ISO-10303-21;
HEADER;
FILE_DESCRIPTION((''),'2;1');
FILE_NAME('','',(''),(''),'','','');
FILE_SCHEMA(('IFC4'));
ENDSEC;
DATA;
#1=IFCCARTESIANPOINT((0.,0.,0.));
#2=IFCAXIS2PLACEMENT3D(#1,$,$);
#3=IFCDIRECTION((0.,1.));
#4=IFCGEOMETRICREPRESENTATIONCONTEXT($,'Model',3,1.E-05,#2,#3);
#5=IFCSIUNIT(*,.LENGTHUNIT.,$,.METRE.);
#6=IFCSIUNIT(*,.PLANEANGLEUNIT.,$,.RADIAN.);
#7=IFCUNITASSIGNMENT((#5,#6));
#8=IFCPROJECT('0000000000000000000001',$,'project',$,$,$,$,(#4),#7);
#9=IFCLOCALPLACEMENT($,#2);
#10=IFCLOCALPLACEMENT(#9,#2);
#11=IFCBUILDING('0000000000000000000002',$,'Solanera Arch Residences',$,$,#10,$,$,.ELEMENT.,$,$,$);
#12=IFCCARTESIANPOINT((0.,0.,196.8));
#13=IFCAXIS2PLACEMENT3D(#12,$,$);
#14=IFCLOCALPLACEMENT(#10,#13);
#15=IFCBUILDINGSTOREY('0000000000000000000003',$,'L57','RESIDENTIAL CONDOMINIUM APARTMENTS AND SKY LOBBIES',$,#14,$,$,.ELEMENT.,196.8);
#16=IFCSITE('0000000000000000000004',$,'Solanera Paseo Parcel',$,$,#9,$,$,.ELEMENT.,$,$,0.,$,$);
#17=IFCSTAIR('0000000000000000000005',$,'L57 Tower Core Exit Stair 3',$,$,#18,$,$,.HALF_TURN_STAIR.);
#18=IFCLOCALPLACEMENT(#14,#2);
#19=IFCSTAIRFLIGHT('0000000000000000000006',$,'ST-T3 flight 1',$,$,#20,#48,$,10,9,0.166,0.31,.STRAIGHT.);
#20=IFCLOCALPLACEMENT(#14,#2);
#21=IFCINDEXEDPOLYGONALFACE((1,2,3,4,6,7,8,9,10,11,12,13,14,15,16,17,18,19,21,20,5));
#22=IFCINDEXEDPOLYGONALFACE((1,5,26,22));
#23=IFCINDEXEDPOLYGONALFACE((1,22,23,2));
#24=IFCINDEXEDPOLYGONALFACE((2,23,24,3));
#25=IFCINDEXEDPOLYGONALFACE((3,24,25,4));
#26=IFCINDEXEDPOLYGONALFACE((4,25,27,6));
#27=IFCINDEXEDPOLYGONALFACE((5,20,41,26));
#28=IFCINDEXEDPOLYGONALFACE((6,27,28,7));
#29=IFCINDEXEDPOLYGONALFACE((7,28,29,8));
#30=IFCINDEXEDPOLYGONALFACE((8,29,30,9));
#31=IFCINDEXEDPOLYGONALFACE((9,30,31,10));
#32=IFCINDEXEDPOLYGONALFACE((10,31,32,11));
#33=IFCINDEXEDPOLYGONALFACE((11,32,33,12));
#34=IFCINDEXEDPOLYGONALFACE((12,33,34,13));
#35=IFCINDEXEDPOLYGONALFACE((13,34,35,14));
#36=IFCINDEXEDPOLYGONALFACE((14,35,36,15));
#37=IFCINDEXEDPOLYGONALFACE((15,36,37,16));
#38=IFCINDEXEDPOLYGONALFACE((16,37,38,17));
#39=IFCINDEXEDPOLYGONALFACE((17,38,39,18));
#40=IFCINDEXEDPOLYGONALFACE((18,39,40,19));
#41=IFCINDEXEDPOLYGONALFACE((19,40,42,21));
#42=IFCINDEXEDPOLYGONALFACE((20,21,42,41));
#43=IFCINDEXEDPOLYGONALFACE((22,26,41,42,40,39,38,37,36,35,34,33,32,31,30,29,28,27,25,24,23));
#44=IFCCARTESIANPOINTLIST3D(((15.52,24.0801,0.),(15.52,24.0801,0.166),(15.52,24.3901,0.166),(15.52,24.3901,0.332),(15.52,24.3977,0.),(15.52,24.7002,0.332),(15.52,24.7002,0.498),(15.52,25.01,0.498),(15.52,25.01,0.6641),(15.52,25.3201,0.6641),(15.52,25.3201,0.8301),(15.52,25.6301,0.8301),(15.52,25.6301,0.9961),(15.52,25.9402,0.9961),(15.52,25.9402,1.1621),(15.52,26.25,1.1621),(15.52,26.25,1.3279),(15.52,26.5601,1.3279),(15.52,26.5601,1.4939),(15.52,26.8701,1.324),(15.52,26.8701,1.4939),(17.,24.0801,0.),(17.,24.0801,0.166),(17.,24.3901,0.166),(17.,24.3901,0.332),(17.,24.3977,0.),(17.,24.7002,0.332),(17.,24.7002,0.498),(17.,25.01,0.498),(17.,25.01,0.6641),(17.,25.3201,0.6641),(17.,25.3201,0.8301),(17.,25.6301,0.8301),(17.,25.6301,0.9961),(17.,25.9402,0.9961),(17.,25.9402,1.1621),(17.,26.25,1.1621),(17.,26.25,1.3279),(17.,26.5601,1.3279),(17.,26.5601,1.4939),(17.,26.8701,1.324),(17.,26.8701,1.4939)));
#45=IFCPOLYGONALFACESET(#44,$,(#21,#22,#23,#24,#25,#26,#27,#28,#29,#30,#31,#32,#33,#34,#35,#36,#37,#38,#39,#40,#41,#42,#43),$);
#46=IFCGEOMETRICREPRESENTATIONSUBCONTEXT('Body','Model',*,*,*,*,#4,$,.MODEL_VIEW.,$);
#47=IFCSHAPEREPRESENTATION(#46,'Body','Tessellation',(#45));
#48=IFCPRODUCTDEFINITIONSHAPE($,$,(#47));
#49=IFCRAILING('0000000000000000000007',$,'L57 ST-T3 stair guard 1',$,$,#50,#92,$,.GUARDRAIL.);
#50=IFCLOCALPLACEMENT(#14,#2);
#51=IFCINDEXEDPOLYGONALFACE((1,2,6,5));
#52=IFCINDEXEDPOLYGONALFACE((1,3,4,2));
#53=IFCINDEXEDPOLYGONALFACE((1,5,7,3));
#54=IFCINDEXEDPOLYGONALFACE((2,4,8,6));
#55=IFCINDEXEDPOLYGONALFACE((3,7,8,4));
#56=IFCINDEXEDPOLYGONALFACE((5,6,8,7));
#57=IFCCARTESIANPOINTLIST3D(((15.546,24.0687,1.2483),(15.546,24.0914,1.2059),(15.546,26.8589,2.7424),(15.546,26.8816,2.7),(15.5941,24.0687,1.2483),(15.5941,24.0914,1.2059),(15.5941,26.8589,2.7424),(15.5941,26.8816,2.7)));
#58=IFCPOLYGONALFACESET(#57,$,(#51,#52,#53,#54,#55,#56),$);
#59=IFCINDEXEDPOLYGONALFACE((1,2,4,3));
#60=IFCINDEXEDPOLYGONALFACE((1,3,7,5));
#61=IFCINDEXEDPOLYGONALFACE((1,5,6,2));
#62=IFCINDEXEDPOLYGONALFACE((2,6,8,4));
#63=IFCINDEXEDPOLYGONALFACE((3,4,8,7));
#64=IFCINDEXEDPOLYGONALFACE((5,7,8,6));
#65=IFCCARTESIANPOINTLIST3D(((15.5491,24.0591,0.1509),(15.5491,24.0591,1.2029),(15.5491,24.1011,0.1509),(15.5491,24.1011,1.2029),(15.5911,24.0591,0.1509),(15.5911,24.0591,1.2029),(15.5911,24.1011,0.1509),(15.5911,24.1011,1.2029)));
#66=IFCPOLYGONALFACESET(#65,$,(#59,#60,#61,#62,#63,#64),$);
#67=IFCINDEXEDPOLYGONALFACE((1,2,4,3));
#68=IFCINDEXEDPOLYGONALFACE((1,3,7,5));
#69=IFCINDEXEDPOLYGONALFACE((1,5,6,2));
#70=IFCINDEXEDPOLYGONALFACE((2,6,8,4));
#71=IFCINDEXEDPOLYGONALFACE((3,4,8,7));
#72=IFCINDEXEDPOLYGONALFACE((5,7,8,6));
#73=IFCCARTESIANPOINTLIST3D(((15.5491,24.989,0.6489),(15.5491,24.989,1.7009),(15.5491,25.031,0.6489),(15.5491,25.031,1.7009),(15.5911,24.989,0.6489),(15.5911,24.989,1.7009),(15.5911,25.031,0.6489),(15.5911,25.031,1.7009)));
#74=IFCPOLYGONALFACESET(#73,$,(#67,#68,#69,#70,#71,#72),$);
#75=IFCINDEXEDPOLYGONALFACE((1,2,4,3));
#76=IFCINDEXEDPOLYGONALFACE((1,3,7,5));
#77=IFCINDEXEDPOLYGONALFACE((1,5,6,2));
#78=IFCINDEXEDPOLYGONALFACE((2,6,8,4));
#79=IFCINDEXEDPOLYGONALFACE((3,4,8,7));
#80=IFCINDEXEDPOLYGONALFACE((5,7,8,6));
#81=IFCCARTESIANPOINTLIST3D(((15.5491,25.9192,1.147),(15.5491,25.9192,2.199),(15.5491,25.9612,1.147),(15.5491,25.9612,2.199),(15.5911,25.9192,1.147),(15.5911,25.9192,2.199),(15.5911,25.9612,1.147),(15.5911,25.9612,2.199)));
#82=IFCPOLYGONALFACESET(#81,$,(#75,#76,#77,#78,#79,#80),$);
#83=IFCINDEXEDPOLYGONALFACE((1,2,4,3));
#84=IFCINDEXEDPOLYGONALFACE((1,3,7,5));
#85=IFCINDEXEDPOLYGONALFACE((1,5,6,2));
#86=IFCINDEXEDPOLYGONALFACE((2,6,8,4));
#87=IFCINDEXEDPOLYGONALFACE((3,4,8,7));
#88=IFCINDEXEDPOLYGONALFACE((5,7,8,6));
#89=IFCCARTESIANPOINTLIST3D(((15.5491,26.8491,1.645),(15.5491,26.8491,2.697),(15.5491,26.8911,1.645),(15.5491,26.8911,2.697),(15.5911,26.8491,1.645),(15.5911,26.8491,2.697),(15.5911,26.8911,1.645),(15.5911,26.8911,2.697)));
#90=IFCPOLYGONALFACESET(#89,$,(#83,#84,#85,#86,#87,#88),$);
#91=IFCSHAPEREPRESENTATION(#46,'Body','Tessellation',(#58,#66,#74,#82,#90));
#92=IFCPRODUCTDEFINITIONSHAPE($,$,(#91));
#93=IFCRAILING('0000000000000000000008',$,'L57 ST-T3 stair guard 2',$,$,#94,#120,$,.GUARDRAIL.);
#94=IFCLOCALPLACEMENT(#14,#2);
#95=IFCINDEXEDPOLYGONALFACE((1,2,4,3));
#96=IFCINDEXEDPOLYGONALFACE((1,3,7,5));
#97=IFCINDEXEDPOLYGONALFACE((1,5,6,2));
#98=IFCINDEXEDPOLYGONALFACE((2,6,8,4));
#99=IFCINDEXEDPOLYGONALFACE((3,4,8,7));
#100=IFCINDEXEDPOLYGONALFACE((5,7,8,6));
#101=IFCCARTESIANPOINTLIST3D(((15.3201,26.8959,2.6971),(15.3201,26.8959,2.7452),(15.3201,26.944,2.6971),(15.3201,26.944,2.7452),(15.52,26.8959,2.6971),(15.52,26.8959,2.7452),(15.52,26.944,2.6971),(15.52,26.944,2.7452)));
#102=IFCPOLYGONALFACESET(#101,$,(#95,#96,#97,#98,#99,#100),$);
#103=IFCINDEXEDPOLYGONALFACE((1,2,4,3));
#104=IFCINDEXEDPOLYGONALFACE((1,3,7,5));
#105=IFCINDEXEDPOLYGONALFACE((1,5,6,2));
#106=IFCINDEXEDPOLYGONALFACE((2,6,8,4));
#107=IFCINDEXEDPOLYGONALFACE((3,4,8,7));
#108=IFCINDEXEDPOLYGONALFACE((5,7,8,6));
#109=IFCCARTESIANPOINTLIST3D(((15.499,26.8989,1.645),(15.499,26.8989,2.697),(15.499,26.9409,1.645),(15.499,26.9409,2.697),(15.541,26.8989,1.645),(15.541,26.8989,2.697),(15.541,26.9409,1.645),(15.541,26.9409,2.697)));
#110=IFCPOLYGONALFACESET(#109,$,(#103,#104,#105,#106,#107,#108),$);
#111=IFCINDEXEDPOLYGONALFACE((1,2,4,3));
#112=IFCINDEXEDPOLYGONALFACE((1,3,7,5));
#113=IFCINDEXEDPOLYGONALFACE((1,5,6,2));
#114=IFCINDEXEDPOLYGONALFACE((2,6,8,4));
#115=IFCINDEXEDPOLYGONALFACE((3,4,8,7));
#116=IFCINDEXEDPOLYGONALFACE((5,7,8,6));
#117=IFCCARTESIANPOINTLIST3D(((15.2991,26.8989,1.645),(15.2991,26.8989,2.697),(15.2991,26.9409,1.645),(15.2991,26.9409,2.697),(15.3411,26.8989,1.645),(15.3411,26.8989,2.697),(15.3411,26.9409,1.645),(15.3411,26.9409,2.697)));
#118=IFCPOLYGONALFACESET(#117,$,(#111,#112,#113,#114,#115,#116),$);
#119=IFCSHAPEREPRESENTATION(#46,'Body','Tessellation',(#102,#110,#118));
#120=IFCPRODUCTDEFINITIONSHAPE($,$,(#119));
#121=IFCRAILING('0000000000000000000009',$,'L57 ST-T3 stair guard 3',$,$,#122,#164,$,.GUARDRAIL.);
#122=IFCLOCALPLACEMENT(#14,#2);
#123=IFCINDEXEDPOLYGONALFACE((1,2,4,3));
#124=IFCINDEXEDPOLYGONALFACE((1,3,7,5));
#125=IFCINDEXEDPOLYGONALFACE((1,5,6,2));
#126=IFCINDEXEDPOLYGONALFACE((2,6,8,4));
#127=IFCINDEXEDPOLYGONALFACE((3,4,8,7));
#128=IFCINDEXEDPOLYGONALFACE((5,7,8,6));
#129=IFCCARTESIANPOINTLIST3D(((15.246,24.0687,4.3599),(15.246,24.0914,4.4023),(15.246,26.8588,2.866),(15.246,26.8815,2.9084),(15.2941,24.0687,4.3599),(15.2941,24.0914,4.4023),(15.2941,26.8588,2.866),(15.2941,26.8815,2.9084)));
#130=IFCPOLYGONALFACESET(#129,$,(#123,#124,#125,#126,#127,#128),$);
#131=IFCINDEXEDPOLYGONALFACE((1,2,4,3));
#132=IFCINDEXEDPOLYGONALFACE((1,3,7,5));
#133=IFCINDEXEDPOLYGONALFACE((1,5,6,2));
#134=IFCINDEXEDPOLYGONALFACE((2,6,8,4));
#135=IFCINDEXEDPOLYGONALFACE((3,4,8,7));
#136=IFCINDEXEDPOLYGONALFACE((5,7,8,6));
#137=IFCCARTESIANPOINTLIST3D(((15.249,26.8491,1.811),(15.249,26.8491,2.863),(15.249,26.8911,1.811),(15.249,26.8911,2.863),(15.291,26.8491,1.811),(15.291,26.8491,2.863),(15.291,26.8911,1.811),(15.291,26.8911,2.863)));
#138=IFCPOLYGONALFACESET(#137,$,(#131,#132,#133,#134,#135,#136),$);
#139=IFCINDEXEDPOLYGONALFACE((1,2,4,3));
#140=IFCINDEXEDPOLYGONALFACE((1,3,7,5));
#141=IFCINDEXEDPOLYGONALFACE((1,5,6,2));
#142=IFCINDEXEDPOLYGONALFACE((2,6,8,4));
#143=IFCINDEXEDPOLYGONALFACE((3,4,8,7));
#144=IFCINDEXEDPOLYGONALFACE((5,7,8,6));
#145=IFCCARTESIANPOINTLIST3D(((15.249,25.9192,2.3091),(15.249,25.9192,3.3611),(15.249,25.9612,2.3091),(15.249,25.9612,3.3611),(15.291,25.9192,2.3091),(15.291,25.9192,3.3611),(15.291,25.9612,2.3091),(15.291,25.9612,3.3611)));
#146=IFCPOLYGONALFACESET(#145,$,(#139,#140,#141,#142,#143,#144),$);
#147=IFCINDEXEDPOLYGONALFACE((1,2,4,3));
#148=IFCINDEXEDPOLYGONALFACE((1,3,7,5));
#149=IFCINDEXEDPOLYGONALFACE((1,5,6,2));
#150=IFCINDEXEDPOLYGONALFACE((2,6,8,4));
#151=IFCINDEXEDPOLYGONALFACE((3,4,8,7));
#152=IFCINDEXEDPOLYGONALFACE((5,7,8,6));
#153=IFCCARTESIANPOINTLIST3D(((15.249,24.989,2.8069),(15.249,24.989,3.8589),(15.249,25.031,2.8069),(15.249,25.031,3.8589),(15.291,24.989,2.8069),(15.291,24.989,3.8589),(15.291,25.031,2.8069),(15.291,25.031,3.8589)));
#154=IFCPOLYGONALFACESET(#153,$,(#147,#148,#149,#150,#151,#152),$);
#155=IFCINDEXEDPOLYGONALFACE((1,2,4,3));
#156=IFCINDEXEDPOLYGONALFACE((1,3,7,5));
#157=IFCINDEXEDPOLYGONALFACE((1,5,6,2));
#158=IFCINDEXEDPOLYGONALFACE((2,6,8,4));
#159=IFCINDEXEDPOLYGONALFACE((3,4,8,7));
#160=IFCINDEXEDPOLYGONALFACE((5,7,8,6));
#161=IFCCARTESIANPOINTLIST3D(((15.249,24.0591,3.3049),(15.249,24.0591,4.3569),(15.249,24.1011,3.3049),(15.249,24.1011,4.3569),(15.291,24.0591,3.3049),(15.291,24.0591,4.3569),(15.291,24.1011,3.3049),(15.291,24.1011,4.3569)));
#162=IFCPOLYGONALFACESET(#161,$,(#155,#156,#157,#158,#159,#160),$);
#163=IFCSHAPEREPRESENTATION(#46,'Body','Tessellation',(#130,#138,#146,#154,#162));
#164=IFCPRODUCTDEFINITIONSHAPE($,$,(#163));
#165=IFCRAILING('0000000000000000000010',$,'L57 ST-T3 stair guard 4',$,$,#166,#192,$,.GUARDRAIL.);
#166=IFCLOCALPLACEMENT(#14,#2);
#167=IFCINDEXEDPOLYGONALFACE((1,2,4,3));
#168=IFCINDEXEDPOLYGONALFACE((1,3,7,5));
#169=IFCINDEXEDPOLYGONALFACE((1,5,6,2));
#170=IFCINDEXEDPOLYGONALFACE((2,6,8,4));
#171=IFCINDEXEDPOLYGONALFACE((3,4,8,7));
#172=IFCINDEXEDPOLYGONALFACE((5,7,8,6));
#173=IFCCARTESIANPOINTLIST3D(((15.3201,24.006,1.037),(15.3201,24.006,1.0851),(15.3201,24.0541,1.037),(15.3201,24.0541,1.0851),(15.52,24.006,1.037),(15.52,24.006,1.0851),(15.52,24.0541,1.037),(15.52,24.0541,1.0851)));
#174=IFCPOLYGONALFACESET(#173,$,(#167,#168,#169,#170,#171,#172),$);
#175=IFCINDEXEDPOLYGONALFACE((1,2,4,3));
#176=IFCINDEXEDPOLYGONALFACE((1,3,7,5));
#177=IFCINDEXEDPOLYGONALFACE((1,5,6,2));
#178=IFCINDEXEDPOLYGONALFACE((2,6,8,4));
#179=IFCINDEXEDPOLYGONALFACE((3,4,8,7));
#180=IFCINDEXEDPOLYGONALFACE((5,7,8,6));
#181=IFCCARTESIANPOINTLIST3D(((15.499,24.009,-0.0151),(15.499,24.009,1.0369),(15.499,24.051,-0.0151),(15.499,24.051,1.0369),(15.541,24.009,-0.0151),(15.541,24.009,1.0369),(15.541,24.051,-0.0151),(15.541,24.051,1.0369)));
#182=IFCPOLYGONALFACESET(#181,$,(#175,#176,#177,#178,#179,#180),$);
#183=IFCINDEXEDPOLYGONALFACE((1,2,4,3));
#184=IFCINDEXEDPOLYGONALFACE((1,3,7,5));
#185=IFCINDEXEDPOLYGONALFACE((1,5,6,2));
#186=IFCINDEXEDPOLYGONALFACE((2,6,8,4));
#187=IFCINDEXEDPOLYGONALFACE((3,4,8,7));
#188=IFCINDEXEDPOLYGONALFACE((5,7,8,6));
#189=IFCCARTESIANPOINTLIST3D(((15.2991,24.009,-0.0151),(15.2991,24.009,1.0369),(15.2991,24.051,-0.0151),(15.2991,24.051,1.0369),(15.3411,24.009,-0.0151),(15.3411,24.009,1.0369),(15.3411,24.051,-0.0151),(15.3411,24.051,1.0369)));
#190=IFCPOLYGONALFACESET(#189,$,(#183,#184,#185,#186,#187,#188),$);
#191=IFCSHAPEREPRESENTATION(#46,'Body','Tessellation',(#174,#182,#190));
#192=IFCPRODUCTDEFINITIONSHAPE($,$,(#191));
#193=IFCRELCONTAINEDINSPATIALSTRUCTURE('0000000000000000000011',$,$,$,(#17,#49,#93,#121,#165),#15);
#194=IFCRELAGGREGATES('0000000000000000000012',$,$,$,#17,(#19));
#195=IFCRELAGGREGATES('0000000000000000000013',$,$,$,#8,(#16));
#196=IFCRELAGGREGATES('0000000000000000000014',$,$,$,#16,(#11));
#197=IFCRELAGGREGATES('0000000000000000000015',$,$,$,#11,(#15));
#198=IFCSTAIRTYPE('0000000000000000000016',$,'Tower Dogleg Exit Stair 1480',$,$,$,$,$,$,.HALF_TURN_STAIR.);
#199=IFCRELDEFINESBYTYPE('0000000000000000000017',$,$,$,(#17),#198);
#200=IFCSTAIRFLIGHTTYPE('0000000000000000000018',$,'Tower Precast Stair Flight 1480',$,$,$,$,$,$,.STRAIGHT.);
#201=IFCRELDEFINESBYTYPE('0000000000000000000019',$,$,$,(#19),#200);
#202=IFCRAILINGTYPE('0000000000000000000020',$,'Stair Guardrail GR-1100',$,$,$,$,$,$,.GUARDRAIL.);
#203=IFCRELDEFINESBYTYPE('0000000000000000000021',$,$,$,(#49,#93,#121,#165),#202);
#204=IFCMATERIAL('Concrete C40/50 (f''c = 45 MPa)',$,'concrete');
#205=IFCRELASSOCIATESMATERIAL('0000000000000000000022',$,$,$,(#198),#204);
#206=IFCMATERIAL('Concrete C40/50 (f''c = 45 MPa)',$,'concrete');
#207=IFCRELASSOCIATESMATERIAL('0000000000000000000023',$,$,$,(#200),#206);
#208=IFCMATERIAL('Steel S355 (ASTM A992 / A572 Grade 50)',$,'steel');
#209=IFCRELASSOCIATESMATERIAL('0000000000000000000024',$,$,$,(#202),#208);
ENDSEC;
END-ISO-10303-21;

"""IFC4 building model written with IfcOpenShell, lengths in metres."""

from ifc_helpers import new_model, si_unit, direction, frame, origin, origin_2d, place, context, subcontext, project, spatial, polyline, rectangle, outline, extrude, material, type_object, element, aggregate, save


model = new_model("IFC4")

# Units and contexts
model_context = context("Model", 3, precision=1e-05, world=origin(), true_north=direction((0.0, 1.0)))
body_context = subcontext(model_context, "Body", "Model", "MODEL_VIEW")
ifc_project = project(units=[si_unit("LENGTHUNIT", "METRE"), si_unit("PLANEANGLEUNIT", "RADIAN")], contexts=[model_context])

# Site, building, storey
site_placement = place(None, origin())
site = spatial("IfcSite", under=ifc_project, at=site_placement, Name="Solanera Paseo Parcel", CompositionType="ELEMENT", RefElevation=0.0)
building_placement = place(site_placement, origin())
building = spatial("IfcBuilding", under=site, at=building_placement, Name="Solanera Arch Residences", CompositionType="ELEMENT")
storey_placement = place(building_placement, frame((0.0, 0.0, 196.8)))
storey = spatial("IfcBuildingStorey", under=building, at=storey_placement, Name="L57", Description="RESIDENTIAL CONDOMINIUM APARTMENTS AND SKY LOBBIES", CompositionType="ELEMENT", Elevation=196.8)

# Stair, stair flight
ifc_material_1 = material(Name="Concrete C40/50 (f'c = 45 MPa)", Category="concrete")
stair_type = type_object("IfcStairType", Name="Tower Dogleg Exit Stair 1480", PredefinedType="HALF_TURN_STAIR", material=ifc_material_1)
stair_placement = place(storey_placement, origin())
stair = element("IfcStair", 1, at=stair_placement, inside=storey, type_object=stair_type, Name="L57 Tower Core Exit Stair 3", PredefinedType="HALF_TURN_STAIR")
ifc_material_2 = material(Name="Concrete C40/50 (f'c = 45 MPa)", Category="concrete")
stair_flight_type = type_object("IfcStairFlightType", Name="Tower Precast Stair Flight 1480", PredefinedType="STRAIGHT", material=ifc_material_2)
stair_flight_placement = place(storey_placement, frame((16.26, 24.0801, 0.0), z_axis=(0.0, 0.0, 1.0), x_axis=(0.0, 1.0, 0.0)))
stair_flight = element("IfcStairFlight", 2, at=stair_flight_placement, type_object=stair_flight_type, Name="ST-T3 flight 1", NumberOfRisers=10, NumberOfTreads=9, PredefinedType="STRAIGHT", RiserHeight=0.166, TreadLength=0.31, context=body_context, shape_type="SweptSolid", body=[
    extrude(outline(polyline([(0.0, 0.0), (0.0, 0.166), (0.3101, 0.166), (0.3101, 0.332), (0.6201, 0.332), (0.6201, 0.498), (0.9299, 0.498), (0.9299, 0.6641), (1.24, 0.6641), (1.24, 0.8301), (1.55, 0.8301), (1.55, 0.9961), (1.8601, 0.9961), (1.8601, 1.1621), (2.1699, 1.1621), (2.1699, 1.3279), (2.48, 1.3279), (2.48, 1.4939), (2.79, 1.4939), (2.79, 1.6599), (2.79, 1.324), (0.3176, 0.0), (0.0, 0.0)])), frame((0.0, 0.74, 0.0), z_axis=(0.0, -1.0, 0.0), x_axis=(1.0, 0.0, 0.0)), (0.0, 0.0, 1.0), 1.48),
])
aggregate(stair, [stair_flight])

# Railings
ifc_material_3 = material(Name="Steel S355 (ASTM A992 / A572 Grade 50)", Category="steel")
railing_type_1 = type_object("IfcRailingType", Name="Stair Guardrail GR-1100", PredefinedType="GUARDRAIL", material=ifc_material_3)
railing_1_placement = place(storey_placement, frame((15.5701, 24.0801, 0.1509)))
element("IfcRailing", 3, at=railing_1_placement, inside=storey, type_object=railing_type_1, Name="L57 ST-T3 stair guard 1", PredefinedType="GUARDRAIL", context=body_context, shape_type="SweptSolid", body=[
    extrude(rectangle(XDim=0.0481, YDim=0.0481, at=origin_2d()), frame((0.0, 0.0, 1.0762), z_axis=(0.0, 0.881549, 0.472093), x_axis=(-1.0, 0.0, 0.0)), (0.0, 0.0, 1.0), 3.165),
    extrude(rectangle(XDim=0.042, YDim=0.042, at=origin_2d()), origin(), (0.0, 0.0, 1.0), 1.052),
    extrude(rectangle(XDim=0.042, YDim=0.042, at=origin_2d()), frame((0.0, 0.9299, 0.498)), (0.0, 0.0, 1.0), 1.052),
    extrude(rectangle(XDim=0.042, YDim=0.042, at=origin_2d()), frame((0.0, 1.8601, 0.9961)), (0.0, 0.0, 1.0), 1.052),
    extrude(rectangle(XDim=0.042, YDim=0.042, at=origin_2d()), frame((0.0, 2.79, 1.4941)), (0.0, 0.0, 1.0), 1.052),
])
railing_2_placement = place(storey_placement, frame((15.52, 26.9199, 1.645)))
element("IfcRailing", 4, at=railing_2_placement, inside=storey, type_object=railing_type_1, Name="L57 ST-T3 stair guard 2", PredefinedType="GUARDRAIL", context=body_context, shape_type="SweptSolid", body=[
    extrude(rectangle(XDim=0.0481, YDim=0.0481, at=origin_2d()), frame((0.0, 0.0, 1.0762), z_axis=(-1.0, 0.0, 0.0), x_axis=(0.0, -1.0, 0.0)), (0.0, 0.0, 1.0), 0.2),
    extrude(rectangle(XDim=0.042, YDim=0.042, at=origin_2d()), origin(), (0.0, 0.0, 1.0), 1.052),
    extrude(rectangle(XDim=0.042, YDim=0.042, at=origin_2d()), frame((-0.2, 0.0, 0.0)), (0.0, 0.0, 1.0), 1.052),
])
railing_3_placement = place(storey_placement, frame((15.27, 26.8701, 1.811)))
element("IfcRailing", 5, at=railing_3_placement, inside=storey, type_object=railing_type_1, Name="L57 ST-T3 stair guard 3", PredefinedType="GUARDRAIL", context=body_context, shape_type="SweptSolid", body=[
    extrude(rectangle(XDim=0.0481, YDim=0.0481, at=origin_2d()), frame((0.0, 0.0, 1.0762), z_axis=(0.0, -0.881581, 0.472033), x_axis=(1.0, 0.0, 0.0)), (0.0, 0.0, 1.0), 3.1648),
    extrude(rectangle(XDim=0.042, YDim=0.042, at=origin_2d()), origin(), (0.0, 0.0, 1.0), 1.052),
    extrude(rectangle(XDim=0.042, YDim=0.042, at=origin_2d()), frame((0.0, -0.9299, 0.498)), (0.0, 0.0, 1.0), 1.052),
    extrude(rectangle(XDim=0.042, YDim=0.042, at=origin_2d()), frame((0.0, -1.8601, 0.9958)), (0.0, 0.0, 1.0), 1.052),
    extrude(rectangle(XDim=0.042, YDim=0.042, at=origin_2d()), frame((0.0, -2.79, 1.4939)), (0.0, 0.0, 1.0), 1.052),
])
railing_4_placement = place(storey_placement, frame((15.52, 24.03, -0.0151)))
element("IfcRailing", 6, at=railing_4_placement, inside=storey, type_object=railing_type_1, Name="L57 ST-T3 stair guard 4", PredefinedType="GUARDRAIL", context=body_context, shape_type="SweptSolid", body=[
    extrude(rectangle(XDim=0.0481, YDim=0.0481, at=origin_2d()), frame((0.0, 0.0, 1.0762), z_axis=(-1.0, 0.0, 0.0), x_axis=(0.0, -1.0, 0.0)), (0.0, 0.0, 1.0), 0.2),
    extrude(rectangle(XDim=0.042, YDim=0.042, at=origin_2d()), origin(), (0.0, 0.0, 1.0), 1.052),
    extrude(rectangle(XDim=0.042, YDim=0.042, at=origin_2d()), frame((-0.2, 0.0, 0.0)), (0.0, 0.0, 1.0), 1.052),
])

save(model, "model.ifc")
